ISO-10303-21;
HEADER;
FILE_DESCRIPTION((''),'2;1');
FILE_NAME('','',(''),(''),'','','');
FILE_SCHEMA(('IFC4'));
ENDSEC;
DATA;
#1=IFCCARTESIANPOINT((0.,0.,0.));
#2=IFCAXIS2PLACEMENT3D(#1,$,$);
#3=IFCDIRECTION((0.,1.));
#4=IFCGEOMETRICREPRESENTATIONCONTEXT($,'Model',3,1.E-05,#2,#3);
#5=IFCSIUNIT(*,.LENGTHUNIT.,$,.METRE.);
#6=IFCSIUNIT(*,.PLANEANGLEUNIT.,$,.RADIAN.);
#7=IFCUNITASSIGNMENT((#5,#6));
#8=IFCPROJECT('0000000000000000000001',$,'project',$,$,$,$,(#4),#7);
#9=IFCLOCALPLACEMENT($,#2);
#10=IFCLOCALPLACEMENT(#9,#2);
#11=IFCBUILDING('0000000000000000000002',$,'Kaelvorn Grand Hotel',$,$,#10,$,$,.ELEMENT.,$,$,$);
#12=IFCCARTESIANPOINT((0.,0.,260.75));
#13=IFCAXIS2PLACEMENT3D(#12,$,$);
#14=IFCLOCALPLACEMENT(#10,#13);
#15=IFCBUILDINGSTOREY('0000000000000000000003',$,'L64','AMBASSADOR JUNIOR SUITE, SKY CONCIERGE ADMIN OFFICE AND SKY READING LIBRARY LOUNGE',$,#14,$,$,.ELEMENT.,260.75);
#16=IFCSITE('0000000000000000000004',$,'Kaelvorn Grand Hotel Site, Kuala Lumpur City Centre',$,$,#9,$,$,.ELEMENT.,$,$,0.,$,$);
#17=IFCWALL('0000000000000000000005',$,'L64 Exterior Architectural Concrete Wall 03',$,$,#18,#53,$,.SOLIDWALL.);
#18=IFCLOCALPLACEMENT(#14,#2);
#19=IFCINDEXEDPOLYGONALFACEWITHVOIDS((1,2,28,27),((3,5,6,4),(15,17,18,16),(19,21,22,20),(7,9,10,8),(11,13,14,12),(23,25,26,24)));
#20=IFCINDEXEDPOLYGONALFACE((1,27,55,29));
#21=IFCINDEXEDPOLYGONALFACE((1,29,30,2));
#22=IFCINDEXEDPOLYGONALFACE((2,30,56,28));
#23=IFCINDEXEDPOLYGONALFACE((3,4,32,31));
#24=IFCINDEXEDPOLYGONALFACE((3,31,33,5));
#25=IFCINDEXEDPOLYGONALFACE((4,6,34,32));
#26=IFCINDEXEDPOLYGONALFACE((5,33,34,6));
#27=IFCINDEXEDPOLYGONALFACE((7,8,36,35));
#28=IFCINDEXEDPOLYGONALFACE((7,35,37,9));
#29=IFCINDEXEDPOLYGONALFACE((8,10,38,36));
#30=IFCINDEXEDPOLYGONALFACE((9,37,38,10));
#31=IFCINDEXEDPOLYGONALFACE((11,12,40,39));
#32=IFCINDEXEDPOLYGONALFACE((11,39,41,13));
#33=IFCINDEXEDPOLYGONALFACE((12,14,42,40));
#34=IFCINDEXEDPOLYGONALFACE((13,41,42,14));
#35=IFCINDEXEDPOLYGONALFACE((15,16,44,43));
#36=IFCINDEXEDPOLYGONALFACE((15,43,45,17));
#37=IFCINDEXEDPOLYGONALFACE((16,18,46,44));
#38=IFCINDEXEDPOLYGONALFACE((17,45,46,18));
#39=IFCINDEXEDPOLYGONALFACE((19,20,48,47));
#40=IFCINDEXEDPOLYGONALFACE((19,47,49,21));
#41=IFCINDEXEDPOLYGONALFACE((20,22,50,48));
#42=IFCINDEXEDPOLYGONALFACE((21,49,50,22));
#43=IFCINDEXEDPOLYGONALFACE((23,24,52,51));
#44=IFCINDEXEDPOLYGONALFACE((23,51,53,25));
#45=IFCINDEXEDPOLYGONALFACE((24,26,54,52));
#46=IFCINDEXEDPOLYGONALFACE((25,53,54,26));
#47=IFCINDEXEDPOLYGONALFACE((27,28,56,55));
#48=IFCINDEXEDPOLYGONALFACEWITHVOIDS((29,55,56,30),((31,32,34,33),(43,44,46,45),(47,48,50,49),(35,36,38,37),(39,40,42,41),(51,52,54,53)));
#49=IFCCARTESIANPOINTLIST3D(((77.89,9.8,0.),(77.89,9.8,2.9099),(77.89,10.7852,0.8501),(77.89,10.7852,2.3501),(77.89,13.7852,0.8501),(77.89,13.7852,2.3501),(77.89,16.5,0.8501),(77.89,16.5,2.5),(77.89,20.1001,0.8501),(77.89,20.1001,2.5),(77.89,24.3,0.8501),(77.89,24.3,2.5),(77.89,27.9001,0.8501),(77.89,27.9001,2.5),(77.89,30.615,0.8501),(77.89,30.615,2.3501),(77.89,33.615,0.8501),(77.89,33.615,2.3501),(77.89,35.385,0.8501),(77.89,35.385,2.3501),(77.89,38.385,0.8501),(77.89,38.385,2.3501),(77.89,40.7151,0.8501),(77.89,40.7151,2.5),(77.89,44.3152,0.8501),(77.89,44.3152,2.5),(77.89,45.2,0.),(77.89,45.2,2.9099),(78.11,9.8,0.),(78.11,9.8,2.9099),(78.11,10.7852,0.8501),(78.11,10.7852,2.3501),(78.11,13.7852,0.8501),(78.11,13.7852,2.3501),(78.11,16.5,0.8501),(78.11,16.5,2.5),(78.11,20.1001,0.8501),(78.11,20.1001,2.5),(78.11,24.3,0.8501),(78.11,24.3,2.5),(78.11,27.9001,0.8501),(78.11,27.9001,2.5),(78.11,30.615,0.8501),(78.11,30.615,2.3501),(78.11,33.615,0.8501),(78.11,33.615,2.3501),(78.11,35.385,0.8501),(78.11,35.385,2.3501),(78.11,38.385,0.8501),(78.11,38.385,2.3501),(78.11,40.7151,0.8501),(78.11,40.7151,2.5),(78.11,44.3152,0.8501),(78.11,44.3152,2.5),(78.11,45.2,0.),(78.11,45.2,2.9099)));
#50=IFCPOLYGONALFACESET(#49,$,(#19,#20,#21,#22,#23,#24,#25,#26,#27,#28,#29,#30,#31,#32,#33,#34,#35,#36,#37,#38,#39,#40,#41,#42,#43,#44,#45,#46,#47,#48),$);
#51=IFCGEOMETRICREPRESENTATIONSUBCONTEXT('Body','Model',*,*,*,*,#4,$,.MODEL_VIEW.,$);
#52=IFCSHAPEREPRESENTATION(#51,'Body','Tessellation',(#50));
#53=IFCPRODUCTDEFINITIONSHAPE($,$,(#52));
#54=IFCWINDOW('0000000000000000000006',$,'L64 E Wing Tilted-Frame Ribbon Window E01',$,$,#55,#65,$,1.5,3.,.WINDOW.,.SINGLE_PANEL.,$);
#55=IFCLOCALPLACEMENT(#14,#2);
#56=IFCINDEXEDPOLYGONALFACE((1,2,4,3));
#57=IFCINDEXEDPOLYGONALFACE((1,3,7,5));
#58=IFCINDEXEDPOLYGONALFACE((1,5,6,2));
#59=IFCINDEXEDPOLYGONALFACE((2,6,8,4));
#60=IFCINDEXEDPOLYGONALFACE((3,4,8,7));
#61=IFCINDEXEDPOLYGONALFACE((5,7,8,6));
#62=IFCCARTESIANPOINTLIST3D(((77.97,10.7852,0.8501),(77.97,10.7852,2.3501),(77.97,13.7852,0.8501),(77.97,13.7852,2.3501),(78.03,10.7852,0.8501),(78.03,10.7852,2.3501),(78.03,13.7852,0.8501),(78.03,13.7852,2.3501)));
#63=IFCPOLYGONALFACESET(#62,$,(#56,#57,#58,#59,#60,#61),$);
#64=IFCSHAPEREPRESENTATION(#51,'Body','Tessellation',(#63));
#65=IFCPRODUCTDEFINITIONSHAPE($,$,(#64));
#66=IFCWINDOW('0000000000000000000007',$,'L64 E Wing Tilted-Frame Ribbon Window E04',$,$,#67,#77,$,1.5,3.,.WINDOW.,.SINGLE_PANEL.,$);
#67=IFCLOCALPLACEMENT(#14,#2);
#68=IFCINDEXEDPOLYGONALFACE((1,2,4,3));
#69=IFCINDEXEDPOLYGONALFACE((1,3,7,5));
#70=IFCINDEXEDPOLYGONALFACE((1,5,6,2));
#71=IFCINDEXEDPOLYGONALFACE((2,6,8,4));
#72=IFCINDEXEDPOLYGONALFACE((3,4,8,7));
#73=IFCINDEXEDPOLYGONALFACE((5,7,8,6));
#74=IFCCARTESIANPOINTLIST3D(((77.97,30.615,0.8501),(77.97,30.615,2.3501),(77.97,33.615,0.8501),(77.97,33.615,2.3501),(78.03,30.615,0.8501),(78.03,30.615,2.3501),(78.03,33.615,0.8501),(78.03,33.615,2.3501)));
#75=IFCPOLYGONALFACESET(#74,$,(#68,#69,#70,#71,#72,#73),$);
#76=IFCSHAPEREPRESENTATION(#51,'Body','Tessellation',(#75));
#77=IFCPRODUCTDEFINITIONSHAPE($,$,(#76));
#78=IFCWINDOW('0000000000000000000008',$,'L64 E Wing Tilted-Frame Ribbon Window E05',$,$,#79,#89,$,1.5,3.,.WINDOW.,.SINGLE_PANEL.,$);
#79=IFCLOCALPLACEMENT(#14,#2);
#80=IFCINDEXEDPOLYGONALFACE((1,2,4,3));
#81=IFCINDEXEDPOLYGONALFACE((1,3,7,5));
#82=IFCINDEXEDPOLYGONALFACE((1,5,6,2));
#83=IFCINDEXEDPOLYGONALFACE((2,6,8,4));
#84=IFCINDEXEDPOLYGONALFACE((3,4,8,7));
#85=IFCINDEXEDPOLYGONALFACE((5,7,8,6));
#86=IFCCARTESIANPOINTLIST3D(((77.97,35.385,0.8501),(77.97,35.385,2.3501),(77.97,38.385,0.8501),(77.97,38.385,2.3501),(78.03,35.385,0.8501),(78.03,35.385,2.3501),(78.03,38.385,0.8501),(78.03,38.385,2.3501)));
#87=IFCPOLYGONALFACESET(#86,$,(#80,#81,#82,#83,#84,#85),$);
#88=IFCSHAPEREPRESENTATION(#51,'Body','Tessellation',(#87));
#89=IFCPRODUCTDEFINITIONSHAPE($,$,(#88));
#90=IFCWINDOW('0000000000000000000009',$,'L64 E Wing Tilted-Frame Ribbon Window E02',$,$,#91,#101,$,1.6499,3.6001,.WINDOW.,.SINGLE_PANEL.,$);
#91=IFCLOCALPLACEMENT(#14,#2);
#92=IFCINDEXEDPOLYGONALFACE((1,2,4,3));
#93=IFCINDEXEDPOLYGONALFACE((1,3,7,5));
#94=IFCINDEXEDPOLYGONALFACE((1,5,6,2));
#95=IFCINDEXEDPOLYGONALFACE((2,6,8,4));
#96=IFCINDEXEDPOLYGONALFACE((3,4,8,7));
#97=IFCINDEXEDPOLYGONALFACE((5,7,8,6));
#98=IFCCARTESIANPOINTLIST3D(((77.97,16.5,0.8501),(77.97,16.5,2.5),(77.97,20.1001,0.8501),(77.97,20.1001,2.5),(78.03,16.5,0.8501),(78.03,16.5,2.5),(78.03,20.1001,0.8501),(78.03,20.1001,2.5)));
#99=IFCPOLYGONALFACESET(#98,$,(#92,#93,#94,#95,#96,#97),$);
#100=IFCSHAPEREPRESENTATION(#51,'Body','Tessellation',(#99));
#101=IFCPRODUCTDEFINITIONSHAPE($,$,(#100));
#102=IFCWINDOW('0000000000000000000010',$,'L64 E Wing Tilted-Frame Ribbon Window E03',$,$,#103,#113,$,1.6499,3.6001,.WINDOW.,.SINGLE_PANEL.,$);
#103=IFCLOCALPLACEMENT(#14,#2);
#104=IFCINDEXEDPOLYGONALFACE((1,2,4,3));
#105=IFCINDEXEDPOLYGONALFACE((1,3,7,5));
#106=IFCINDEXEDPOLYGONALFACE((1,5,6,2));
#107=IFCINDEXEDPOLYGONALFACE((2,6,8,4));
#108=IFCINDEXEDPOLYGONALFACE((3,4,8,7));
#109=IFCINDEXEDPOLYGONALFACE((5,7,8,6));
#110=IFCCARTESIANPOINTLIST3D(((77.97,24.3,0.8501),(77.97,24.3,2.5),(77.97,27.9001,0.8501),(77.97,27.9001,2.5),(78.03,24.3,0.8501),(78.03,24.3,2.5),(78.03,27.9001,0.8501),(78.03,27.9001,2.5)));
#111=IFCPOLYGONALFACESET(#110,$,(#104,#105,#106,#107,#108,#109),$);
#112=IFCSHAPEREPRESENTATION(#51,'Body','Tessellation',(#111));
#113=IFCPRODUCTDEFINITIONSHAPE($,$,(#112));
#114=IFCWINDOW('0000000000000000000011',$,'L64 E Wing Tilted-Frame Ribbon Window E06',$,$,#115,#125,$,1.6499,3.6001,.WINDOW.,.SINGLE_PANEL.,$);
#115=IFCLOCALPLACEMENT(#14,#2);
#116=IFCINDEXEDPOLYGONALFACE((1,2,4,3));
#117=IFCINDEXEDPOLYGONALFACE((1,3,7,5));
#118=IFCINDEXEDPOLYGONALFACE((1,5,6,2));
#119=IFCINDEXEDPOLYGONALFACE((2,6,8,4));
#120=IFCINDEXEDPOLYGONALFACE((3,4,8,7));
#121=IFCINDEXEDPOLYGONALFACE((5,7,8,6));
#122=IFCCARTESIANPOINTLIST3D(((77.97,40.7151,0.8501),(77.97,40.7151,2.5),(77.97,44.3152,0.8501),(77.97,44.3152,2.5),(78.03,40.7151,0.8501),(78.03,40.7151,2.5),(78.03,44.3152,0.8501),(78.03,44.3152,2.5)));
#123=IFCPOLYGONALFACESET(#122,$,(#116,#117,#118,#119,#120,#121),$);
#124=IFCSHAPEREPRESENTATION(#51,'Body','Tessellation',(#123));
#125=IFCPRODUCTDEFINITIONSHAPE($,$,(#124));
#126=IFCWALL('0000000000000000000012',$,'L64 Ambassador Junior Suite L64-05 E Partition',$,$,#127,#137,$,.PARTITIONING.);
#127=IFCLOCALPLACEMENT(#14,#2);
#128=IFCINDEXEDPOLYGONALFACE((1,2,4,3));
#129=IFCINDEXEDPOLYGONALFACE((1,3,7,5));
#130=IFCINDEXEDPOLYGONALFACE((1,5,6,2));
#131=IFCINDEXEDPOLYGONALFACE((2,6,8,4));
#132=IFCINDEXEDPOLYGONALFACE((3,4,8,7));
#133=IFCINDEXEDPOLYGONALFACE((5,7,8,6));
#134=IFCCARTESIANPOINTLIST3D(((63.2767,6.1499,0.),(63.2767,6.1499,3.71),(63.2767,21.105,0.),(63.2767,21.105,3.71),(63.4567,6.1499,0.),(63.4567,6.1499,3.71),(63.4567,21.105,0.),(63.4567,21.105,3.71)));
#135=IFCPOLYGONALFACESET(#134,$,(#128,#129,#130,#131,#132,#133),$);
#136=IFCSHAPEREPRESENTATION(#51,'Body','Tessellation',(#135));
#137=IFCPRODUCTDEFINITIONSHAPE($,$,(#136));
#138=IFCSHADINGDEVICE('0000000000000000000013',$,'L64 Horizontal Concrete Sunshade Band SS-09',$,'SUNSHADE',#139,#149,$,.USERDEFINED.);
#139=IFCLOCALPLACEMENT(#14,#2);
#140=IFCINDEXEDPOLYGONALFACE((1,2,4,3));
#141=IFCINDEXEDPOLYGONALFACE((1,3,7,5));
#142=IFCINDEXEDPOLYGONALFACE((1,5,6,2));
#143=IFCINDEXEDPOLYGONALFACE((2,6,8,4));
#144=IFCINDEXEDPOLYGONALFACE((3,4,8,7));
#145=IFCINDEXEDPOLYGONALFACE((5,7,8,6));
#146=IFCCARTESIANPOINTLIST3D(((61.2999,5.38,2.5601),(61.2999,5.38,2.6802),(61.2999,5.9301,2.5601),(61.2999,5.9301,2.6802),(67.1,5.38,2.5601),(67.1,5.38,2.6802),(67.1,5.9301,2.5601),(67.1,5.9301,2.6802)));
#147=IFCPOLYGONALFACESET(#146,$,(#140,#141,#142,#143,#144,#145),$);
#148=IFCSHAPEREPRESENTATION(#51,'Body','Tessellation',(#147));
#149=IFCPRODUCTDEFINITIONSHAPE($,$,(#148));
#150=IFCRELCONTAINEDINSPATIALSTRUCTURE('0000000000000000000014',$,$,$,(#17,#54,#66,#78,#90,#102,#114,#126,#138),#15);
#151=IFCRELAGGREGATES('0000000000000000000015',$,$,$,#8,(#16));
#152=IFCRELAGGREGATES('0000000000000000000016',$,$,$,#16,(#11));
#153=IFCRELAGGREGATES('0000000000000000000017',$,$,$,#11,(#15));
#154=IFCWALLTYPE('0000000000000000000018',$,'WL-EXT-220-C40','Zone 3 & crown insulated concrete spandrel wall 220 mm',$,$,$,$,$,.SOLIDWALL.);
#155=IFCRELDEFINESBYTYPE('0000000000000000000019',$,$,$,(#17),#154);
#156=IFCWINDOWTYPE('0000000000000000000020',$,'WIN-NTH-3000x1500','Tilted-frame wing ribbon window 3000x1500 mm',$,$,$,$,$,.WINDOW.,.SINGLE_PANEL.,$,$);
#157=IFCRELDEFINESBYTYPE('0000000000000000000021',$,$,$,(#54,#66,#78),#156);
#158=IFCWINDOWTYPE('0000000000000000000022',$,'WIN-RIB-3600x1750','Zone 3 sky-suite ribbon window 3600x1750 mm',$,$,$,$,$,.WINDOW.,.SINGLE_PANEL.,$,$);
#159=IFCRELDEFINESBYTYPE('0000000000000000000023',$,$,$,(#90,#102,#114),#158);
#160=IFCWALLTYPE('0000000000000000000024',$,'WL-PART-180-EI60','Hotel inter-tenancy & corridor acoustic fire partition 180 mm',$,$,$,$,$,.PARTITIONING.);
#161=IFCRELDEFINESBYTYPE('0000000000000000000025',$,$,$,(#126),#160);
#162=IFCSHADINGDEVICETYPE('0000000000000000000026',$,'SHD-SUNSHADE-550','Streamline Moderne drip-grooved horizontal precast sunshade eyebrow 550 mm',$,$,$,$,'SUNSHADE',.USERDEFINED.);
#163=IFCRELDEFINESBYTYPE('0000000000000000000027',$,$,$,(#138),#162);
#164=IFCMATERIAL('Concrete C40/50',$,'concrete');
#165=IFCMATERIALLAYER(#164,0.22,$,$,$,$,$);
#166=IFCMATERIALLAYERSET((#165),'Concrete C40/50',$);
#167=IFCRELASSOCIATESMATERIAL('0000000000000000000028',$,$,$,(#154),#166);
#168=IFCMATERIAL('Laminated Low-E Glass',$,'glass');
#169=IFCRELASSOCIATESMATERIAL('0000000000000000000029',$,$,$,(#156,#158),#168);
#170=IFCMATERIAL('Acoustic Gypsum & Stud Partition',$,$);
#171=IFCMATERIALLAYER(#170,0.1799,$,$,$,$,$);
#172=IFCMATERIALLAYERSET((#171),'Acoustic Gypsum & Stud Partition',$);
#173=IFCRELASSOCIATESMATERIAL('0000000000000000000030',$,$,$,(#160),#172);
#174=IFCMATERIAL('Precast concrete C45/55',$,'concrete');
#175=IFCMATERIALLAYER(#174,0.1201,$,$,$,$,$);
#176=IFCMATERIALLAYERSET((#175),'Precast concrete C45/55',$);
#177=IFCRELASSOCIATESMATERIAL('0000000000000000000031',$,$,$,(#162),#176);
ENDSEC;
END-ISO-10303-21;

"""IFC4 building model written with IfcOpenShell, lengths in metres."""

from ifc_helpers import new_model, si_unit, direction, frame, frame_2d, origin, origin_2d, place, context, subcontext, project, spatial, rectangle, extrude, material, layer, layer_set, type_object, element, fill, save


model = new_model("IFC4")

# Units and contexts
model_context = context("Model", 3, precision=1e-05, world=origin(), true_north=direction((0.0, 1.0)))
body_context = subcontext(model_context, "Body", "Model", "MODEL_VIEW")
ifc_project = project(units=[si_unit("LENGTHUNIT", "METRE"), si_unit("PLANEANGLEUNIT", "RADIAN")], contexts=[model_context])

# Site, building, storey
site_placement = place(None, origin())
site = spatial("IfcSite", under=ifc_project, at=site_placement, Name="Kaelvorn Grand Hotel Site, Kuala Lumpur City Centre", CompositionType="ELEMENT", RefElevation=0.0)
building_placement = place(site_placement, origin())
building = spatial("IfcBuilding", under=site, at=building_placement, Name="Kaelvorn Grand Hotel", CompositionType="ELEMENT")
storey_placement = place(building_placement, frame((0.0, 0.0, 260.75)))
storey = spatial("IfcBuildingStorey", under=building, at=storey_placement, Name="L64", Description="AMBASSADOR JUNIOR SUITE, SKY CONCIERGE ADMIN OFFICE AND SKY READING LIBRARY LOUNGE", CompositionType="ELEMENT", Elevation=260.75)

# Shared definitions
ifc_material_1 = material(Name="Concrete C40/50", Category="concrete")

# Shared definitions
ifc_material_2 = material(Name="Precast concrete C45/55", Category="concrete")

# Shared definitions
ifc_layer_1 = layer(ifc_material_1, 0.22)
ifc_layer_set_1 = layer_set([ifc_layer_1], Name="Concrete C40/50")
wall_type_1 = type_object("IfcWallType", Name="WL-EXT-220-C40", Description="Zone 3 & crown insulated concrete spandrel wall 220 mm", PredefinedType="SOLIDWALL", material=ifc_layer_set_1)
ifc_material_3 = material(Name="Laminated Low-E Glass", Category="glass")

# Wall, openings, windows
wall_1_placement = place(storey_placement, frame((78.0, 9.8, 0.0), z_axis=(0.0, 0.0, 1.0), x_axis=(0.0, 1.0, 0.0)))
wall_1 = element("IfcWall", 1, at=wall_1_placement, inside=storey, type_object=wall_type_1, Name="L64 Exterior Architectural Concrete Wall 03", PredefinedType="SOLIDWALL", context=body_context, shape_type="SweptSolid", body=[
    extrude(rectangle(XDim=35.3999, YDim=0.22, at=frame_2d((17.7, 0.0))), origin(), (0.0, 0.0, 1.0), 2.9099),
])
opening_1_placement = place(wall_1_placement, frame((0.9851, 0.0, 0.8501)))
opening_1 = element("IfcOpeningElement", 2, at=opening_1_placement, cuts=wall_1, PredefinedType="OPENING", context=body_context, shape_type="SweptSolid", body=[
    extrude(rectangle(XDim=3.0, YDim=1.5, at=frame_2d((1.5, 0.75))), frame((0.0, 0.1201, 0.0), z_axis=(0.0, -1.0, 0.0), x_axis=(1.0, 0.0, 0.0)), (0.0, 0.0, 1.0), 0.24),
])
opening_2_placement = place(wall_1_placement, frame((6.7, 0.0, 0.8501)))
opening_2 = element("IfcOpeningElement", 3, at=opening_2_placement, cuts=wall_1, PredefinedType="OPENING", context=body_context, shape_type="SweptSolid", body=[
    extrude(rectangle(XDim=3.6001, YDim=1.6499, at=frame_2d((1.8, 0.825))), frame((0.0, 0.1201, 0.0), z_axis=(0.0, -1.0, 0.0), x_axis=(1.0, 0.0, 0.0)), (0.0, 0.0, 1.0), 0.24),
])
opening_3_placement = place(wall_1_placement, frame((14.5, 0.0, 0.8501)))
opening_3 = element("IfcOpeningElement", 4, at=opening_3_placement, cuts=wall_1, PredefinedType="OPENING", context=body_context, shape_type="SweptSolid", body=[
    extrude(rectangle(XDim=3.6001, YDim=1.6499, at=frame_2d((1.8, 0.825))), frame((0.0, 0.1201, 0.0), z_axis=(0.0, -1.0, 0.0), x_axis=(1.0, 0.0, 0.0)), (0.0, 0.0, 1.0), 0.24),
])
opening_4_placement = place(wall_1_placement, frame((20.8149, 0.0, 0.8501)))
opening_4 = element("IfcOpeningElement", 5, at=opening_4_placement, cuts=wall_1, PredefinedType="OPENING", context=body_context, shape_type="SweptSolid", body=[
    extrude(rectangle(XDim=3.0, YDim=1.5, at=frame_2d((1.5, 0.75))), frame((0.0, 0.1201, 0.0), z_axis=(0.0, -1.0, 0.0), x_axis=(1.0, 0.0, 0.0)), (0.0, 0.0, 1.0), 0.24),
])
opening_5_placement = place(wall_1_placement, frame((25.585, 0.0, 0.8501)))
opening_5 = element("IfcOpeningElement", 6, at=opening_5_placement, cuts=wall_1, PredefinedType="OPENING", context=body_context, shape_type="SweptSolid", body=[
    extrude(rectangle(XDim=3.0, YDim=1.5, at=frame_2d((1.5, 0.75))), frame((0.0, 0.1201, 0.0), z_axis=(0.0, -1.0, 0.0), x_axis=(1.0, 0.0, 0.0)), (0.0, 0.0, 1.0), 0.24),
])
opening_6_placement = place(wall_1_placement, frame((30.915, 0.0, 0.8501)))
opening_6 = element("IfcOpeningElement", 7, at=opening_6_placement, cuts=wall_1, PredefinedType="OPENING", context=body_context, shape_type="SweptSolid", body=[
    extrude(rectangle(XDim=3.6001, YDim=1.6499, at=frame_2d((1.8, 0.825))), frame((0.0, 0.1201, 0.0), z_axis=(0.0, -1.0, 0.0), x_axis=(1.0, 0.0, 0.0)), (0.0, 0.0, 1.0), 0.24),
])
window_type_1 = type_object("IfcWindowType", Name="WIN-NTH-3000x1500", Description="Tilted-frame wing ribbon window 3000x1500 mm", PartitioningType="SINGLE_PANEL", PredefinedType="WINDOW", material=ifc_material_3)
window_1_placement = place(opening_1_placement, origin())
window_1 = element("IfcWindow", 8, at=window_1_placement, inside=storey, type_object=window_type_1, Name="L64 E Wing Tilted-Frame Ribbon Window E01", OverallHeight=1.5, OverallWidth=3.0, PartitioningType="SINGLE_PANEL", PredefinedType="WINDOW", context=body_context, shape_type="SweptSolid", body=[
    extrude(rectangle(XDim=3.0, YDim=1.5, at=frame_2d((1.5, 0.75))), frame((0.0, 0.03, 0.0), z_axis=(0.0, -1.0, 0.0), x_axis=(1.0, 0.0, 0.0)), (0.0, 0.0, 1.0), 0.0601),
])
fill(opening_1, window_1)
window_2_placement = place(opening_4_placement, origin())
window_2 = element("IfcWindow", 9, at=window_2_placement, inside=storey, type_object=window_type_1, Name="L64 E Wing Tilted-Frame Ribbon Window E04", OverallHeight=1.5, OverallWidth=3.0, PartitioningType="SINGLE_PANEL", PredefinedType="WINDOW", context=body_context, shape_type="SweptSolid", body=[
    extrude(rectangle(XDim=3.0, YDim=1.5, at=frame_2d((1.5, 0.75))), frame((0.0, 0.03, 0.0), z_axis=(0.0, -1.0, 0.0), x_axis=(1.0, 0.0, 0.0)), (0.0, 0.0, 1.0), 0.0601),
])
fill(opening_4, window_2)
window_3_placement = place(opening_5_placement, origin())
window_3 = element("IfcWindow", 10, at=window_3_placement, inside=storey, type_object=window_type_1, Name="L64 E Wing Tilted-Frame Ribbon Window E05", OverallHeight=1.5, OverallWidth=3.0, PartitioningType="SINGLE_PANEL", PredefinedType="WINDOW", context=body_context, shape_type="SweptSolid", body=[
    extrude(rectangle(XDim=3.0, YDim=1.5, at=frame_2d((1.5, 0.75))), frame((0.0, 0.03, 0.0), z_axis=(0.0, -1.0, 0.0), x_axis=(1.0, 0.0, 0.0)), (0.0, 0.0, 1.0), 0.0601),
])
fill(opening_5, window_3)
window_type_2 = type_object("IfcWindowType", Name="WIN-RIB-3600x1750", Description="Zone 3 sky-suite ribbon window 3600x1750 mm", PartitioningType="SINGLE_PANEL", PredefinedType="WINDOW", material=ifc_material_3)
window_4_placement = place(opening_2_placement, origin())
window_4 = element("IfcWindow", 11, at=window_4_placement, inside=storey, type_object=window_type_2, Name="L64 E Wing Tilted-Frame Ribbon Window E02", OverallHeight=1.6499, OverallWidth=3.6001, PartitioningType="SINGLE_PANEL", PredefinedType="WINDOW", context=body_context, shape_type="SweptSolid", body=[
    extrude(rectangle(XDim=3.6001, YDim=1.6499, at=frame_2d((1.8, 0.825))), frame((0.0, 0.03, 0.0), z_axis=(0.0, -1.0, 0.0), x_axis=(1.0, 0.0, 0.0)), (0.0, 0.0, 1.0), 0.0601),
])
fill(opening_2, window_4)
window_5_placement = place(opening_3_placement, origin())
window_5 = element("IfcWindow", 12, at=window_5_placement, inside=storey, type_object=window_type_2, Name="L64 E Wing Tilted-Frame Ribbon Window E03", OverallHeight=1.6499, OverallWidth=3.6001, PartitioningType="SINGLE_PANEL", PredefinedType="WINDOW", context=body_context, shape_type="SweptSolid", body=[
    extrude(rectangle(XDim=3.6001, YDim=1.6499, at=frame_2d((1.8, 0.825))), frame((0.0, 0.03, 0.0), z_axis=(0.0, -1.0, 0.0), x_axis=(1.0, 0.0, 0.0)), (0.0, 0.0, 1.0), 0.0601),
])
fill(opening_3, window_5)
window_6_placement = place(opening_6_placement, origin())
window_6 = element("IfcWindow", 13, at=window_6_placement, inside=storey, type_object=window_type_2, Name="L64 E Wing Tilted-Frame Ribbon Window E06", OverallHeight=1.6499, OverallWidth=3.6001, PartitioningType="SINGLE_PANEL", PredefinedType="WINDOW", context=body_context, shape_type="SweptSolid", body=[
    extrude(rectangle(XDim=3.6001, YDim=1.6499, at=frame_2d((1.8, 0.825))), frame((0.0, 0.03, 0.0), z_axis=(0.0, -1.0, 0.0), x_axis=(1.0, 0.0, 0.0)), (0.0, 0.0, 1.0), 0.0601),
])
fill(opening_6, window_6)

# Wall
ifc_material_4 = material(Name="Acoustic Gypsum & Stud Partition")
ifc_layer_2 = layer(ifc_material_4, 0.1799)
ifc_layer_set_2 = layer_set([ifc_layer_2], Name="Acoustic Gypsum & Stud Partition")
wall_type_2 = type_object("IfcWallType", Name="WL-PART-180-EI60", Description="Hotel inter-tenancy & corridor acoustic fire partition 180 mm", PredefinedType="PARTITIONING", material=ifc_layer_set_2)
wall_2_placement = place(storey_placement, frame((63.3667, 6.1499, 0.0), z_axis=(0.0, 0.0, 1.0), x_axis=(0.0, 1.0, 0.0)))
element("IfcWall", 14, at=wall_2_placement, inside=storey, type_object=wall_type_2, Name="L64 Ambassador Junior Suite L64-05 E Partition", PredefinedType="PARTITIONING", context=body_context, shape_type="SweptSolid", body=[
    extrude(rectangle(XDim=14.9551, YDim=0.1799, at=frame_2d((7.4775, 0.0))), origin(), (0.0, 0.0, 1.0), 3.71),
])

# Shading device
ifc_layer_3 = layer(ifc_material_2, 0.1201)
ifc_layer_set_3 = layer_set([ifc_layer_3], Name="Precast concrete C45/55")
shading_device_type = type_object("IfcShadingDeviceType", Name="SHD-SUNSHADE-550", Description="Streamline Moderne drip-grooved horizontal precast sunshade eyebrow 550 mm", ElementType="SUNSHADE", PredefinedType="USERDEFINED", material=ifc_layer_set_3)
shading_device_placement = place(storey_placement, frame((64.2, 5.655, 2.5601), z_axis=(0.0, 0.0, 1.0), x_axis=(1.0, 0.0, 0.0)))
element("IfcShadingDevice", 15, at=shading_device_placement, inside=storey, type_object=shading_device_type, Name="L64 Horizontal Concrete Sunshade Band SS-09", ObjectType="SUNSHADE", PredefinedType="USERDEFINED", context=body_context, shape_type="SweptSolid", body=[
    extrude(rectangle(XDim=5.8, YDim=0.55, at=origin_2d()), origin(), (0.0, 0.0, 1.0), 0.1201),
])

save(model, "model.ifc")
